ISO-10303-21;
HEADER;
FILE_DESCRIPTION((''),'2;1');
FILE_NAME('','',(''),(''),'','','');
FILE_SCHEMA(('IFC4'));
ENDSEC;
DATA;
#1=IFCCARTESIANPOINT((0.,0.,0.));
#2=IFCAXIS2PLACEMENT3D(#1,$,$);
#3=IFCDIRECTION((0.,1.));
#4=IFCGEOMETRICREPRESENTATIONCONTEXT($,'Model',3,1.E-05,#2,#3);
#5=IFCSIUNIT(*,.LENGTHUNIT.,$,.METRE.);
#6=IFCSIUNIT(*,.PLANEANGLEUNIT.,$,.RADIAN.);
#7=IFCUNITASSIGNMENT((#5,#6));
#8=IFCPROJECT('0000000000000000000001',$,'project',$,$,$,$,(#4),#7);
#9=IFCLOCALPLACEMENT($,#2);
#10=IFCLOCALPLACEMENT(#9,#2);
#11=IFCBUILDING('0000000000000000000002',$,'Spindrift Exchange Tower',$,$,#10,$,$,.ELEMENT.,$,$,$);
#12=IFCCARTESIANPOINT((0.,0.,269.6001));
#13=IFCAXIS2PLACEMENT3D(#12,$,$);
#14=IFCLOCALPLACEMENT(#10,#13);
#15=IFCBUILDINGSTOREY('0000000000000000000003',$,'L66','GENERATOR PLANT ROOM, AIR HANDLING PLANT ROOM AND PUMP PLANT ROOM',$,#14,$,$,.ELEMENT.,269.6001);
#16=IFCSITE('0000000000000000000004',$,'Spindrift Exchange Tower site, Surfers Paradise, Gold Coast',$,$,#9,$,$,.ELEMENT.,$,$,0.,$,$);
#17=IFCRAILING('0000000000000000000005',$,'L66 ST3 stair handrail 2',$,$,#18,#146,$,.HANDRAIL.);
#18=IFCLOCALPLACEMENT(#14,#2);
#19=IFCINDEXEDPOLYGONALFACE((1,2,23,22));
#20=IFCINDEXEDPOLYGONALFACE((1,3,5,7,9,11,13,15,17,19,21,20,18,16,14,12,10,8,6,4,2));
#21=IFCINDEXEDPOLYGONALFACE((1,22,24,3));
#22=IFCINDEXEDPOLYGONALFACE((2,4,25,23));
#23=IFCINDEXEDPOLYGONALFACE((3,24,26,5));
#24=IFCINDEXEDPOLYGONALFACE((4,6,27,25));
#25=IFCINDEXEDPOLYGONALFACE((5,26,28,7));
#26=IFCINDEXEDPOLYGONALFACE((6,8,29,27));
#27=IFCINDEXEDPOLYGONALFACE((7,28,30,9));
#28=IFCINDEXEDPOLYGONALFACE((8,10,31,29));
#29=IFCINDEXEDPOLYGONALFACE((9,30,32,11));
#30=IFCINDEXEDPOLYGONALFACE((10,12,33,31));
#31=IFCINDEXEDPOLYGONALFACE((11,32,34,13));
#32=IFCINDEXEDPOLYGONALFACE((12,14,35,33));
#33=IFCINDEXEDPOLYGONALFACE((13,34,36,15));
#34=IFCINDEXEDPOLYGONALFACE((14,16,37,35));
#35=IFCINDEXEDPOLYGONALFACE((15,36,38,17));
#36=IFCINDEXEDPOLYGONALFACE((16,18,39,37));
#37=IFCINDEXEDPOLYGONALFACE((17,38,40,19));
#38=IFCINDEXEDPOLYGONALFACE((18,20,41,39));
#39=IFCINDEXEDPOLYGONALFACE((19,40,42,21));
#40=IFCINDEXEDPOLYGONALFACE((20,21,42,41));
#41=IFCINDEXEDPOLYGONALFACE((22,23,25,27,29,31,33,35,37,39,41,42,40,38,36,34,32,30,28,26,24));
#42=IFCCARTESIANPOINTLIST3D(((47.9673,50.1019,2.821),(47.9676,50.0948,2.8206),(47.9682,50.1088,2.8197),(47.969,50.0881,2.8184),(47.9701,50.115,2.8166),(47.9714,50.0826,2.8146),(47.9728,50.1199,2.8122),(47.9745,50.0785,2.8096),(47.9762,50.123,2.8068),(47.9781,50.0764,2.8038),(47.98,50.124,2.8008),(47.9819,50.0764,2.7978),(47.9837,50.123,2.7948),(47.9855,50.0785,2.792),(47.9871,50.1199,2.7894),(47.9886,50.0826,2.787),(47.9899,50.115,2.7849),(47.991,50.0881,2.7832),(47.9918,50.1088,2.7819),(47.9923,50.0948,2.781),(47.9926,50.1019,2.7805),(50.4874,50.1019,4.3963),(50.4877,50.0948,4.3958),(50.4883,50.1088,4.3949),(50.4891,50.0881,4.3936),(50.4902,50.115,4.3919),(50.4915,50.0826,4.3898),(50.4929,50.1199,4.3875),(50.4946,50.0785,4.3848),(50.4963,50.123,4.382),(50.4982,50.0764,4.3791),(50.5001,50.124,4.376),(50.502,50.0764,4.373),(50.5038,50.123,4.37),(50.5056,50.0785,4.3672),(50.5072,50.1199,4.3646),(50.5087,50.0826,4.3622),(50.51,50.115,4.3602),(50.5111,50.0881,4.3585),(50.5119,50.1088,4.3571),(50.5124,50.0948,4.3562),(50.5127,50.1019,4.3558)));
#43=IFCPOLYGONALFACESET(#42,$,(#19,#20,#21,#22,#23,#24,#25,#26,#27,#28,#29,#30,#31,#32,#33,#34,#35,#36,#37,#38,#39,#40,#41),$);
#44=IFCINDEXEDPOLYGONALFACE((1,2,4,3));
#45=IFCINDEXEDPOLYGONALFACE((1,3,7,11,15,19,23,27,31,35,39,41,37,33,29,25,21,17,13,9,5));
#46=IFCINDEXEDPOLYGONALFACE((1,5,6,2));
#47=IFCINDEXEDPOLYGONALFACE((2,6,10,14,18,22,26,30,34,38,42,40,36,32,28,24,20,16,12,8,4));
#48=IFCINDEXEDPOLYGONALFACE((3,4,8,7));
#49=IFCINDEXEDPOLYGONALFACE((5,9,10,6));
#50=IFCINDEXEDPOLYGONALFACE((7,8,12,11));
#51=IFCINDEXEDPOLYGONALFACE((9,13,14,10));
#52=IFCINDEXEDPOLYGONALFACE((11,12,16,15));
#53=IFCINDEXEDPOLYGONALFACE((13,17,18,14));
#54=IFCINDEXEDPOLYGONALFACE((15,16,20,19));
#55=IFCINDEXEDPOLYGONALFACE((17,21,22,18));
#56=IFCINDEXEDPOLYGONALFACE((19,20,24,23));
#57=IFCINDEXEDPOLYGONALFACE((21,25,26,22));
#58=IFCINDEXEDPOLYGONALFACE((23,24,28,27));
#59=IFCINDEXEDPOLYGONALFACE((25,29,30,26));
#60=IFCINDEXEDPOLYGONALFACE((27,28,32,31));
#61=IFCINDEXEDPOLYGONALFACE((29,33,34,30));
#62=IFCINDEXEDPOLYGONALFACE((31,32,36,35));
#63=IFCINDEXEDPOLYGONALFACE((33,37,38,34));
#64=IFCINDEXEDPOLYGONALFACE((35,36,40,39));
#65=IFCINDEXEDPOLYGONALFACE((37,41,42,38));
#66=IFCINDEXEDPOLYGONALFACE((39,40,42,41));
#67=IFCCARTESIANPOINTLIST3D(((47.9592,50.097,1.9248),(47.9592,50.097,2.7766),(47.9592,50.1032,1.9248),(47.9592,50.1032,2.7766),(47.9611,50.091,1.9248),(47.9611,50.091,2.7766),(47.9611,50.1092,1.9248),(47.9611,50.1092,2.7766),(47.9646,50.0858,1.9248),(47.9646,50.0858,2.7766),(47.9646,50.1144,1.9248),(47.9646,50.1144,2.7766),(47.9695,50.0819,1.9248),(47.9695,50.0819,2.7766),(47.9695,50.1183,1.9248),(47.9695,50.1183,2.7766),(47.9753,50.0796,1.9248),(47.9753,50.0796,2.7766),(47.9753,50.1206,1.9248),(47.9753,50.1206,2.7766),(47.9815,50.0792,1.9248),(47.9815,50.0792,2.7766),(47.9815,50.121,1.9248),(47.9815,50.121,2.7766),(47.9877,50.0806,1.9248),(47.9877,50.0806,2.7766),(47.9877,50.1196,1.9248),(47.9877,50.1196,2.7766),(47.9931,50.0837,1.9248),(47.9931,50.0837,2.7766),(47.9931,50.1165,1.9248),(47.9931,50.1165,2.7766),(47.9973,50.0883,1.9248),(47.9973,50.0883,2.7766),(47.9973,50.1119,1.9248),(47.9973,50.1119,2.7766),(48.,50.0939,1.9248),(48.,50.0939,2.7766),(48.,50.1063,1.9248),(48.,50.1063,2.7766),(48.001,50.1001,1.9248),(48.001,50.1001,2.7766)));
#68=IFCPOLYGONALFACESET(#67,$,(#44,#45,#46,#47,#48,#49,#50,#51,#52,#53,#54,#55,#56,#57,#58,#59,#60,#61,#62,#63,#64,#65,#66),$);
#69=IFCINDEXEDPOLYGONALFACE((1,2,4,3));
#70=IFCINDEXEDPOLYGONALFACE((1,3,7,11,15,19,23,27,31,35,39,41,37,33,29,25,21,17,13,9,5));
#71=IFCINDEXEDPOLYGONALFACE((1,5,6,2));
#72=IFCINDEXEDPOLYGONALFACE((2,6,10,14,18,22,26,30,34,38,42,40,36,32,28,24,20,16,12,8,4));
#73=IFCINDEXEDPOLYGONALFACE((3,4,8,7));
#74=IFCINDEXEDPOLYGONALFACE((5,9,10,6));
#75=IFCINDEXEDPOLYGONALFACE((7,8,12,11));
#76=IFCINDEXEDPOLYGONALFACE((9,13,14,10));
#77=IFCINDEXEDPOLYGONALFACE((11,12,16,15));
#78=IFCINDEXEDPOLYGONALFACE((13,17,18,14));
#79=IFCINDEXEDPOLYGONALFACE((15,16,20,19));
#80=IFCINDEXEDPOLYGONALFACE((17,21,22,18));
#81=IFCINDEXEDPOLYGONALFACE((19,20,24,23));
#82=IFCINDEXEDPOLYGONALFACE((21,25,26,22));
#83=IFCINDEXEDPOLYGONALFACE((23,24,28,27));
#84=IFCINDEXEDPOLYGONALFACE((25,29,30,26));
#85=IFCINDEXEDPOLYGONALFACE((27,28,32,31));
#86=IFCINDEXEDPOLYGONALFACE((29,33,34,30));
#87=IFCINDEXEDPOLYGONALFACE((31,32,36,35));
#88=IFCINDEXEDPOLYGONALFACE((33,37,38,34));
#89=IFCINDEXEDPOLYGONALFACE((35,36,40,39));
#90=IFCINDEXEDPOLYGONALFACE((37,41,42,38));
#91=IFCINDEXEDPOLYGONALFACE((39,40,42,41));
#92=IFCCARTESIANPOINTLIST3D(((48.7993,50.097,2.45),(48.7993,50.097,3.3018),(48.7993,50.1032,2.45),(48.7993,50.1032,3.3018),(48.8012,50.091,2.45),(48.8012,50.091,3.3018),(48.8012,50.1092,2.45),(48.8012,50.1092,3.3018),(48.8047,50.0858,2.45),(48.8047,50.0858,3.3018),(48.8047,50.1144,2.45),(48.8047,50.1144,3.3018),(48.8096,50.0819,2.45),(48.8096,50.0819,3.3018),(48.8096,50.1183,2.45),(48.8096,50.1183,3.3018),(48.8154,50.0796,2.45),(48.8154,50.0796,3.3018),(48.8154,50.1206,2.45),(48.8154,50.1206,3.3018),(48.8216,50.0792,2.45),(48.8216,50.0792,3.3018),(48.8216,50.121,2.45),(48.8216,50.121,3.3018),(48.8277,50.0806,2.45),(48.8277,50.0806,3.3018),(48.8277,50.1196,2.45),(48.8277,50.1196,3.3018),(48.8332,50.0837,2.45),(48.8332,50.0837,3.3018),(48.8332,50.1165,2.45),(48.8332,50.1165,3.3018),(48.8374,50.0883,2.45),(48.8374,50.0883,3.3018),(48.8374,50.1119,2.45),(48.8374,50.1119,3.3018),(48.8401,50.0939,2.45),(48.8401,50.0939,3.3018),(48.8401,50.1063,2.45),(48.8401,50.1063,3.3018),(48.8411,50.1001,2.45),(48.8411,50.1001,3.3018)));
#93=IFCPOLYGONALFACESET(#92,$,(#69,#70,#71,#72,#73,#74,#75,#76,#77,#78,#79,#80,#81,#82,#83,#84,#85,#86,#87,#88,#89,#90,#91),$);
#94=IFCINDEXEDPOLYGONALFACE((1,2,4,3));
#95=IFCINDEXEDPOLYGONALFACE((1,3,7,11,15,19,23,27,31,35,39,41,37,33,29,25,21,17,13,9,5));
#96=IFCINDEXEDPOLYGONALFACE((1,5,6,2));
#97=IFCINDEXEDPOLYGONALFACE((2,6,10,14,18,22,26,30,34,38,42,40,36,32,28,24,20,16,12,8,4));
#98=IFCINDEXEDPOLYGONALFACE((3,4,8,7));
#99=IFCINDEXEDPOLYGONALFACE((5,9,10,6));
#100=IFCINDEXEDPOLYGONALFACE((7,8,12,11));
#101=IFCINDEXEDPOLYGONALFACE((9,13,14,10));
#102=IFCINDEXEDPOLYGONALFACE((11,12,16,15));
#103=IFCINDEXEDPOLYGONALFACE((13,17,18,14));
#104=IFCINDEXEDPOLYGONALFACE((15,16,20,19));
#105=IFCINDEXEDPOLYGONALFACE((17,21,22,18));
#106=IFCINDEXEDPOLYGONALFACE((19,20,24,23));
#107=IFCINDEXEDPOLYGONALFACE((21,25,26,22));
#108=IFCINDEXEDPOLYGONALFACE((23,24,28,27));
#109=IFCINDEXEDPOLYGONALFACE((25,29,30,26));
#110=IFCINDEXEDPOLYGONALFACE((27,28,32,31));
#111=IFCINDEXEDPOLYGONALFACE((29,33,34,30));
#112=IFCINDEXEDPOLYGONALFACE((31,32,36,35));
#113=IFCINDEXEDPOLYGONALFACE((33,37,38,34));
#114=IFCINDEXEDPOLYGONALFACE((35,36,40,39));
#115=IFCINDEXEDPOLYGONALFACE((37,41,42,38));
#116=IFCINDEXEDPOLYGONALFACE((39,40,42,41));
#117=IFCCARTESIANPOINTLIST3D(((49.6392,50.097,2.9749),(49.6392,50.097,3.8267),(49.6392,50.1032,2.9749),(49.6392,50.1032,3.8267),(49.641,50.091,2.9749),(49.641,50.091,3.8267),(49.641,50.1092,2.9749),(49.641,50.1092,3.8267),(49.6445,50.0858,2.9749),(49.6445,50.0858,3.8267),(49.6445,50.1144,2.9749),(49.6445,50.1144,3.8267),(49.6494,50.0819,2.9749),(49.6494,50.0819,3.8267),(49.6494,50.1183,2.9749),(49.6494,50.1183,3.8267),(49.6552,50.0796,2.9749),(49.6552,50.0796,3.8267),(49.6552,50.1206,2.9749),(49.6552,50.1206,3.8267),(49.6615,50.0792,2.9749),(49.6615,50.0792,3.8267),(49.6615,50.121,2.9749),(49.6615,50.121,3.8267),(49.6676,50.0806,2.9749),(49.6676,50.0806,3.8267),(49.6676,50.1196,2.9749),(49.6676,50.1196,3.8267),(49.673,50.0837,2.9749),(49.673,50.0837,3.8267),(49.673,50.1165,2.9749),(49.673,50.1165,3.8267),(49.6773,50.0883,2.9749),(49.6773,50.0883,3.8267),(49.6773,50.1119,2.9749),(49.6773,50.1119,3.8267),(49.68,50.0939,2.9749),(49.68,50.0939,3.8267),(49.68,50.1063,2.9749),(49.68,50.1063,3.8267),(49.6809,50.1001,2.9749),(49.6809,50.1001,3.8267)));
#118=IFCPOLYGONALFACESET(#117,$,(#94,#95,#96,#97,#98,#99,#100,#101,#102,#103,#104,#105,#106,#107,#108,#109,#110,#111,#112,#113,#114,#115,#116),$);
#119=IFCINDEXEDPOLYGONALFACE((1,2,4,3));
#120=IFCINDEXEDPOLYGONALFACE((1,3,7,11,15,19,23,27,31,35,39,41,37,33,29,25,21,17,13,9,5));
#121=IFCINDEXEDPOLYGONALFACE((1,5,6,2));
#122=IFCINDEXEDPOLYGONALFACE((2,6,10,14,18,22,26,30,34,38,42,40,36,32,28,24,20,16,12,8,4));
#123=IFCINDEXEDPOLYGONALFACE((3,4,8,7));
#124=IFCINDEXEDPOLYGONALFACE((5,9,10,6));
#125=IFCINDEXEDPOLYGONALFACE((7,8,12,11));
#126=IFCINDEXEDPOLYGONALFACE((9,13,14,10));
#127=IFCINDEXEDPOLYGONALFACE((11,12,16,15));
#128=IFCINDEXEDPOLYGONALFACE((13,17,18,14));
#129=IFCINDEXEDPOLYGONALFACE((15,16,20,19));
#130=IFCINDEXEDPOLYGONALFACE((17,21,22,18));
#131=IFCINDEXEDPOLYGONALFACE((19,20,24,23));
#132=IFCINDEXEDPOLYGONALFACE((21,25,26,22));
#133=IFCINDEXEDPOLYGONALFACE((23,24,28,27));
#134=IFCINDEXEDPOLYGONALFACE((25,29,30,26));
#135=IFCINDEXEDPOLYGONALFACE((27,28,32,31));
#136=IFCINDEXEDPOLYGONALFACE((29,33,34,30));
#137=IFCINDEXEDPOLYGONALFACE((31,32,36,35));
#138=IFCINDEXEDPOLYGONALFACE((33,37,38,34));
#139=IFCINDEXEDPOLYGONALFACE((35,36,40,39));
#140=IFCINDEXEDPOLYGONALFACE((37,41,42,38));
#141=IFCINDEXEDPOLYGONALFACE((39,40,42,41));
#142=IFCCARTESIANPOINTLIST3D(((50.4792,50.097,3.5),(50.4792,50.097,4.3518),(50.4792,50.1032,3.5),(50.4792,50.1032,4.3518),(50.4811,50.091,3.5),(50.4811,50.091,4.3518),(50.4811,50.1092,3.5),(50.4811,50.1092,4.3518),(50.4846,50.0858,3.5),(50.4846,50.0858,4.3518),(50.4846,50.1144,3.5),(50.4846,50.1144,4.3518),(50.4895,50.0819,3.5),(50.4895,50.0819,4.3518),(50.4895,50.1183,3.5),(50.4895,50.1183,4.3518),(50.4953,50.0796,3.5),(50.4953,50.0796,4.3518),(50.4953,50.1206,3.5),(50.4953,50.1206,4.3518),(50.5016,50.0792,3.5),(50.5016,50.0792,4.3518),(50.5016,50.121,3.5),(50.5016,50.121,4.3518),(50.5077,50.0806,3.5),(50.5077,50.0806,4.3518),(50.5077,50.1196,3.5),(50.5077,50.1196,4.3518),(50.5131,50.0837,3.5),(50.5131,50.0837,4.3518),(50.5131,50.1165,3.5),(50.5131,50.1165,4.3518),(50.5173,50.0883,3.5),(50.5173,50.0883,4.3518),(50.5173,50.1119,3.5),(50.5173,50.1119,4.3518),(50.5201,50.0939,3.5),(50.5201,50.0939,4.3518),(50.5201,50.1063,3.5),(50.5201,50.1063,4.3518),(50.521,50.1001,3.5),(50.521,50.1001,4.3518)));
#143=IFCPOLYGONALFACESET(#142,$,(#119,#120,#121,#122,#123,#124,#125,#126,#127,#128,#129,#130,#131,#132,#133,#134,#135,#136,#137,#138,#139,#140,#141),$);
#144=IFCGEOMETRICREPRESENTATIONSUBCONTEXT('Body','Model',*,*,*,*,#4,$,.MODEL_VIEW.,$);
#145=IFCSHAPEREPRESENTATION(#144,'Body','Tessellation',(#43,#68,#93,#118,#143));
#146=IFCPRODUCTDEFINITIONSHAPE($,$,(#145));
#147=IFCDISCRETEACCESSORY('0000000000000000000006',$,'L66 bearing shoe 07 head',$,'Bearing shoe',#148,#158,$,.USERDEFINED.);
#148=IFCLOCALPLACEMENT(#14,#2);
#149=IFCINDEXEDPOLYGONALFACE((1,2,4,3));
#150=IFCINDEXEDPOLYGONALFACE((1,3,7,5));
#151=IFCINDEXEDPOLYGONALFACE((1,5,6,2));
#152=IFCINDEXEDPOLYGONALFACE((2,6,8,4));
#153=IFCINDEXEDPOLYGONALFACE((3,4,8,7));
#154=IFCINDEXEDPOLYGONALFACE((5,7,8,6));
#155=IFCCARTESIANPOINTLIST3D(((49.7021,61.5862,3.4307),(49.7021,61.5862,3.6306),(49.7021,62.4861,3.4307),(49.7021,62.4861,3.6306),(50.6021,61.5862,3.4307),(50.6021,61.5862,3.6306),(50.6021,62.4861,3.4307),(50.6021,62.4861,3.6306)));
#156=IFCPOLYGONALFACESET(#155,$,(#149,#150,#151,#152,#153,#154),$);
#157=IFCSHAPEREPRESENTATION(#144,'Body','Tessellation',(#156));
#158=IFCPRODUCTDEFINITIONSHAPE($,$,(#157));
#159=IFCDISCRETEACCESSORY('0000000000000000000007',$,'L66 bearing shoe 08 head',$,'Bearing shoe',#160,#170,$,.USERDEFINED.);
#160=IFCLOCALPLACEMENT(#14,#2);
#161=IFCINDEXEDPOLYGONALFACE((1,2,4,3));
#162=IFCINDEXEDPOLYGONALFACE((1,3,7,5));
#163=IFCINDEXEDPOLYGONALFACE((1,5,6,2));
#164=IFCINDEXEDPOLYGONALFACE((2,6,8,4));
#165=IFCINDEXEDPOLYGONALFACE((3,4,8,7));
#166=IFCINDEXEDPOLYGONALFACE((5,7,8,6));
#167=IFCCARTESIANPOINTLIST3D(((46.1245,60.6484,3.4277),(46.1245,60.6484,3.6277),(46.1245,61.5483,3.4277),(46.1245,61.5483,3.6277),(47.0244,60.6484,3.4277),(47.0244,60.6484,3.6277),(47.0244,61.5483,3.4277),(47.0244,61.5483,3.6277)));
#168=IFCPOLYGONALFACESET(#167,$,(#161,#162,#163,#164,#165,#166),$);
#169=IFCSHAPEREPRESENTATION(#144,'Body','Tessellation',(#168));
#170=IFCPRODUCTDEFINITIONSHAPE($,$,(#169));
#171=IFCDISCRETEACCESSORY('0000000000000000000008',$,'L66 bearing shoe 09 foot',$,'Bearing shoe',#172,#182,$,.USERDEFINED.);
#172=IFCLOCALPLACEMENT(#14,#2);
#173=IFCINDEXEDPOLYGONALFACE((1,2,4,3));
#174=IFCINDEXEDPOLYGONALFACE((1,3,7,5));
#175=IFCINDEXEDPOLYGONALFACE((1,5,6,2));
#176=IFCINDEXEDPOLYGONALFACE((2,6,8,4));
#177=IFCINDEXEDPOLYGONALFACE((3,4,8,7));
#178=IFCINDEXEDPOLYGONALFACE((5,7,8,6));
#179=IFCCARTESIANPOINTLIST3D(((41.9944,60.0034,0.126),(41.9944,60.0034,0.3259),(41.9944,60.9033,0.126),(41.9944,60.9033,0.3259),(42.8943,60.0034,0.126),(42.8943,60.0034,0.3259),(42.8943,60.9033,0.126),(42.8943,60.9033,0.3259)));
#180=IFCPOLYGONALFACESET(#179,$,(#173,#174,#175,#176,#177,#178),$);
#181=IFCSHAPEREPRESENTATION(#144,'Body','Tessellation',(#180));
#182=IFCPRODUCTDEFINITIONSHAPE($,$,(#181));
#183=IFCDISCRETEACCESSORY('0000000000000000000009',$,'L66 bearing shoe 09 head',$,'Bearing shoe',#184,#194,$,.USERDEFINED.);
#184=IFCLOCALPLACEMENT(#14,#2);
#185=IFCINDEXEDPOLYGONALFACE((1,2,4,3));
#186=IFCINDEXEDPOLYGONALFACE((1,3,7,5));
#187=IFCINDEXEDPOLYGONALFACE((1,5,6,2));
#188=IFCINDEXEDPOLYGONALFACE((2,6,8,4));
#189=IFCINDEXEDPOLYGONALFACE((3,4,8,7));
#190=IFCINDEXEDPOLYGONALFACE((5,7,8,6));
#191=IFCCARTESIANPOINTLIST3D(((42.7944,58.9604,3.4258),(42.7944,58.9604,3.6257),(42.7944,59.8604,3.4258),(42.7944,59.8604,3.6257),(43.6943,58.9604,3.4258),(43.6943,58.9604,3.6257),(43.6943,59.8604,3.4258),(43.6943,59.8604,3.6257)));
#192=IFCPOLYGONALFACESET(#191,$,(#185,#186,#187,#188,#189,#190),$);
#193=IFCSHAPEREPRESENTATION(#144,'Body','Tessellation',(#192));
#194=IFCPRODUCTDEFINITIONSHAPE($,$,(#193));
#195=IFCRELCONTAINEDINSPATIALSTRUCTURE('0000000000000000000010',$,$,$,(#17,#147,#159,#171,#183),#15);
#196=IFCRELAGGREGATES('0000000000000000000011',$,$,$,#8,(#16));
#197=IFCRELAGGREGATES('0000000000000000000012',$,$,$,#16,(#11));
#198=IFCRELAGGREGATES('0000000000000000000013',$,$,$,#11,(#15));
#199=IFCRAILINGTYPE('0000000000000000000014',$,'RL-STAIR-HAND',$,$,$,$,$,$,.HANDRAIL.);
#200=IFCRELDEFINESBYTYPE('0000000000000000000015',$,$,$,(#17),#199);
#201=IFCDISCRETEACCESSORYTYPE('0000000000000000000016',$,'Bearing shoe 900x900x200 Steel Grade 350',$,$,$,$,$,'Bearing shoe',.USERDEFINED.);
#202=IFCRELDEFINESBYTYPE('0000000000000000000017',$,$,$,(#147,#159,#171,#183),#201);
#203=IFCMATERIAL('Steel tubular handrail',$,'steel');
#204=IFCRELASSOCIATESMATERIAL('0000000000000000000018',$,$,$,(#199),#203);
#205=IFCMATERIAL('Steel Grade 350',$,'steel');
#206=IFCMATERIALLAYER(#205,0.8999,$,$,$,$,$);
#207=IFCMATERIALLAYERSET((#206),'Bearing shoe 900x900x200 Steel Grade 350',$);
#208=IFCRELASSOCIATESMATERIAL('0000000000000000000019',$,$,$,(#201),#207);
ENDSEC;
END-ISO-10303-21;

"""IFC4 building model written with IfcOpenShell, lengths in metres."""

from ifc_helpers import new_model, si_unit, direction, frame, origin, origin_2d, place, context, subcontext, project, spatial, rectangle, circle, extrude, source, transform, mapped, material, layer, layer_set, type_object, element, save


model = new_model("IFC4")

# Units and contexts
model_context = context("Model", 3, precision=1e-05, world=origin(), true_north=direction((0.0, 1.0)))
body_context = subcontext(model_context, "Body", "Model", "MODEL_VIEW")
ifc_project = project(units=[si_unit("LENGTHUNIT", "METRE"), si_unit("PLANEANGLEUNIT", "RADIAN")], contexts=[model_context])

# Site, building, storey
site_placement = place(None, origin())
site = spatial("IfcSite", under=ifc_project, at=site_placement, Name="Spindrift Exchange Tower site, Surfers Paradise, Gold Coast", CompositionType="ELEMENT", RefElevation=0.0)
building_placement = place(site_placement, origin())
building = spatial("IfcBuilding", under=site, at=building_placement, Name="Spindrift Exchange Tower", CompositionType="ELEMENT")
storey_placement = place(building_placement, frame((0.0, 0.0, 269.6001)))
storey = spatial("IfcBuildingStorey", under=building, at=storey_placement, Name="L66", Description="GENERATOR PLANT ROOM, AIR HANDLING PLANT ROOM AND PUMP PLANT ROOM", CompositionType="ELEMENT", Elevation=269.6001)

# Railing
ifc_material_1 = material(Name="Steel tubular handrail", Category="steel")
railing_type_1 = type_object("IfcRailingType", Name="RL-STAIR-HAND", PredefinedType="HANDRAIL", material=ifc_material_1)
railing_1_placement = place(storey_placement, frame((47.98, 50.1001, 1.9248)))
element("IfcRailing", 1, at=railing_1_placement, inside=storey, type_object=railing_type_1, Name="L66 ST3 stair handrail 2", PredefinedType="HANDRAIL", context=body_context, shape_type="SweptSolid", body=[
    extrude(circle(Radius=0.0239, at=origin_2d()), frame((0.0, 0.0, 0.876), z_axis=(0.847971, 0.0, 0.530043), x_axis=(0.0, 1.0, 0.0)), (0.0, 0.0, 1.0), 2.9719),
    extrude(circle(Radius=0.021, at=origin_2d()), origin(), (0.0, 0.0, 1.0), 0.8518),
    extrude(circle(Radius=0.021, at=origin_2d()), frame((0.8401, 0.0, 0.5251)), (0.0, 0.0, 1.0), 0.8518),
    extrude(circle(Radius=0.021, at=origin_2d()), frame((1.6799, 0.0, 1.05)), (0.0, 0.0, 1.0), 0.8518),
    extrude(circle(Radius=0.021, at=origin_2d()), frame((2.52, 0.0, 1.5752)), (0.0, 0.0, 1.0), 0.8518),
])

# Discrete accessories
ifc_material_2 = material(Name="Steel Grade 350", Category="steel")
ifc_layer_1 = layer(ifc_material_2, 0.8999)
ifc_layer_set_1 = layer_set([ifc_layer_1], Name="Bearing shoe 900x900x200 Steel Grade 350")
discrete_accessory_type = type_object("IfcDiscreteAccessoryType", Name="Bearing shoe 900x900x200 Steel Grade 350", ElementType="Bearing shoe", PredefinedType="USERDEFINED", material=ifc_layer_set_1)
shared_shape_1 = source(origin(), body_context, "Body", "SweptSolid", [
    extrude(rectangle(XDim=0.8999, YDim=0.8999, at=origin_2d()), origin(), (0.0, 0.0, 1.0), 0.2),
])
for number, where, z_axis, x_axis, name in (
    (2, (50.1521, 62.0361, 3.4307), (0.0, 0.0, 1.0), (1.0, 0.0, 0.0), "L66 bearing shoe 07 head"),
    (3, (46.5745, 61.0984, 3.4277), (0.0, 0.0, 1.0), (1.0, 0.0, 0.0), "L66 bearing shoe 08 head"),
    (4, (42.4443, 60.4534, 0.126), (0.0, 0.0, 1.0), (1.0, 0.0, 0.0), "L66 bearing shoe 09 foot"),
    (5, (43.2444, 59.4104, 3.4258), (0.0, 0.0, 1.0), (1.0, 0.0, 0.0), "L66 bearing shoe 09 head"),
):
    element("IfcDiscreteAccessory", number, at=place(storey_placement, frame(where, z_axis=z_axis, x_axis=x_axis)), inside=storey, type_object=discrete_accessory_type, Name=name, ObjectType="Bearing shoe", PredefinedType="USERDEFINED", context=body_context, shape_type="MappedRepresentation", body=[
        mapped(shared_shape_1, transform((0.0, 0.0, 0.0), scale=1.0)),
    ])

save(model, "model.ifc")
